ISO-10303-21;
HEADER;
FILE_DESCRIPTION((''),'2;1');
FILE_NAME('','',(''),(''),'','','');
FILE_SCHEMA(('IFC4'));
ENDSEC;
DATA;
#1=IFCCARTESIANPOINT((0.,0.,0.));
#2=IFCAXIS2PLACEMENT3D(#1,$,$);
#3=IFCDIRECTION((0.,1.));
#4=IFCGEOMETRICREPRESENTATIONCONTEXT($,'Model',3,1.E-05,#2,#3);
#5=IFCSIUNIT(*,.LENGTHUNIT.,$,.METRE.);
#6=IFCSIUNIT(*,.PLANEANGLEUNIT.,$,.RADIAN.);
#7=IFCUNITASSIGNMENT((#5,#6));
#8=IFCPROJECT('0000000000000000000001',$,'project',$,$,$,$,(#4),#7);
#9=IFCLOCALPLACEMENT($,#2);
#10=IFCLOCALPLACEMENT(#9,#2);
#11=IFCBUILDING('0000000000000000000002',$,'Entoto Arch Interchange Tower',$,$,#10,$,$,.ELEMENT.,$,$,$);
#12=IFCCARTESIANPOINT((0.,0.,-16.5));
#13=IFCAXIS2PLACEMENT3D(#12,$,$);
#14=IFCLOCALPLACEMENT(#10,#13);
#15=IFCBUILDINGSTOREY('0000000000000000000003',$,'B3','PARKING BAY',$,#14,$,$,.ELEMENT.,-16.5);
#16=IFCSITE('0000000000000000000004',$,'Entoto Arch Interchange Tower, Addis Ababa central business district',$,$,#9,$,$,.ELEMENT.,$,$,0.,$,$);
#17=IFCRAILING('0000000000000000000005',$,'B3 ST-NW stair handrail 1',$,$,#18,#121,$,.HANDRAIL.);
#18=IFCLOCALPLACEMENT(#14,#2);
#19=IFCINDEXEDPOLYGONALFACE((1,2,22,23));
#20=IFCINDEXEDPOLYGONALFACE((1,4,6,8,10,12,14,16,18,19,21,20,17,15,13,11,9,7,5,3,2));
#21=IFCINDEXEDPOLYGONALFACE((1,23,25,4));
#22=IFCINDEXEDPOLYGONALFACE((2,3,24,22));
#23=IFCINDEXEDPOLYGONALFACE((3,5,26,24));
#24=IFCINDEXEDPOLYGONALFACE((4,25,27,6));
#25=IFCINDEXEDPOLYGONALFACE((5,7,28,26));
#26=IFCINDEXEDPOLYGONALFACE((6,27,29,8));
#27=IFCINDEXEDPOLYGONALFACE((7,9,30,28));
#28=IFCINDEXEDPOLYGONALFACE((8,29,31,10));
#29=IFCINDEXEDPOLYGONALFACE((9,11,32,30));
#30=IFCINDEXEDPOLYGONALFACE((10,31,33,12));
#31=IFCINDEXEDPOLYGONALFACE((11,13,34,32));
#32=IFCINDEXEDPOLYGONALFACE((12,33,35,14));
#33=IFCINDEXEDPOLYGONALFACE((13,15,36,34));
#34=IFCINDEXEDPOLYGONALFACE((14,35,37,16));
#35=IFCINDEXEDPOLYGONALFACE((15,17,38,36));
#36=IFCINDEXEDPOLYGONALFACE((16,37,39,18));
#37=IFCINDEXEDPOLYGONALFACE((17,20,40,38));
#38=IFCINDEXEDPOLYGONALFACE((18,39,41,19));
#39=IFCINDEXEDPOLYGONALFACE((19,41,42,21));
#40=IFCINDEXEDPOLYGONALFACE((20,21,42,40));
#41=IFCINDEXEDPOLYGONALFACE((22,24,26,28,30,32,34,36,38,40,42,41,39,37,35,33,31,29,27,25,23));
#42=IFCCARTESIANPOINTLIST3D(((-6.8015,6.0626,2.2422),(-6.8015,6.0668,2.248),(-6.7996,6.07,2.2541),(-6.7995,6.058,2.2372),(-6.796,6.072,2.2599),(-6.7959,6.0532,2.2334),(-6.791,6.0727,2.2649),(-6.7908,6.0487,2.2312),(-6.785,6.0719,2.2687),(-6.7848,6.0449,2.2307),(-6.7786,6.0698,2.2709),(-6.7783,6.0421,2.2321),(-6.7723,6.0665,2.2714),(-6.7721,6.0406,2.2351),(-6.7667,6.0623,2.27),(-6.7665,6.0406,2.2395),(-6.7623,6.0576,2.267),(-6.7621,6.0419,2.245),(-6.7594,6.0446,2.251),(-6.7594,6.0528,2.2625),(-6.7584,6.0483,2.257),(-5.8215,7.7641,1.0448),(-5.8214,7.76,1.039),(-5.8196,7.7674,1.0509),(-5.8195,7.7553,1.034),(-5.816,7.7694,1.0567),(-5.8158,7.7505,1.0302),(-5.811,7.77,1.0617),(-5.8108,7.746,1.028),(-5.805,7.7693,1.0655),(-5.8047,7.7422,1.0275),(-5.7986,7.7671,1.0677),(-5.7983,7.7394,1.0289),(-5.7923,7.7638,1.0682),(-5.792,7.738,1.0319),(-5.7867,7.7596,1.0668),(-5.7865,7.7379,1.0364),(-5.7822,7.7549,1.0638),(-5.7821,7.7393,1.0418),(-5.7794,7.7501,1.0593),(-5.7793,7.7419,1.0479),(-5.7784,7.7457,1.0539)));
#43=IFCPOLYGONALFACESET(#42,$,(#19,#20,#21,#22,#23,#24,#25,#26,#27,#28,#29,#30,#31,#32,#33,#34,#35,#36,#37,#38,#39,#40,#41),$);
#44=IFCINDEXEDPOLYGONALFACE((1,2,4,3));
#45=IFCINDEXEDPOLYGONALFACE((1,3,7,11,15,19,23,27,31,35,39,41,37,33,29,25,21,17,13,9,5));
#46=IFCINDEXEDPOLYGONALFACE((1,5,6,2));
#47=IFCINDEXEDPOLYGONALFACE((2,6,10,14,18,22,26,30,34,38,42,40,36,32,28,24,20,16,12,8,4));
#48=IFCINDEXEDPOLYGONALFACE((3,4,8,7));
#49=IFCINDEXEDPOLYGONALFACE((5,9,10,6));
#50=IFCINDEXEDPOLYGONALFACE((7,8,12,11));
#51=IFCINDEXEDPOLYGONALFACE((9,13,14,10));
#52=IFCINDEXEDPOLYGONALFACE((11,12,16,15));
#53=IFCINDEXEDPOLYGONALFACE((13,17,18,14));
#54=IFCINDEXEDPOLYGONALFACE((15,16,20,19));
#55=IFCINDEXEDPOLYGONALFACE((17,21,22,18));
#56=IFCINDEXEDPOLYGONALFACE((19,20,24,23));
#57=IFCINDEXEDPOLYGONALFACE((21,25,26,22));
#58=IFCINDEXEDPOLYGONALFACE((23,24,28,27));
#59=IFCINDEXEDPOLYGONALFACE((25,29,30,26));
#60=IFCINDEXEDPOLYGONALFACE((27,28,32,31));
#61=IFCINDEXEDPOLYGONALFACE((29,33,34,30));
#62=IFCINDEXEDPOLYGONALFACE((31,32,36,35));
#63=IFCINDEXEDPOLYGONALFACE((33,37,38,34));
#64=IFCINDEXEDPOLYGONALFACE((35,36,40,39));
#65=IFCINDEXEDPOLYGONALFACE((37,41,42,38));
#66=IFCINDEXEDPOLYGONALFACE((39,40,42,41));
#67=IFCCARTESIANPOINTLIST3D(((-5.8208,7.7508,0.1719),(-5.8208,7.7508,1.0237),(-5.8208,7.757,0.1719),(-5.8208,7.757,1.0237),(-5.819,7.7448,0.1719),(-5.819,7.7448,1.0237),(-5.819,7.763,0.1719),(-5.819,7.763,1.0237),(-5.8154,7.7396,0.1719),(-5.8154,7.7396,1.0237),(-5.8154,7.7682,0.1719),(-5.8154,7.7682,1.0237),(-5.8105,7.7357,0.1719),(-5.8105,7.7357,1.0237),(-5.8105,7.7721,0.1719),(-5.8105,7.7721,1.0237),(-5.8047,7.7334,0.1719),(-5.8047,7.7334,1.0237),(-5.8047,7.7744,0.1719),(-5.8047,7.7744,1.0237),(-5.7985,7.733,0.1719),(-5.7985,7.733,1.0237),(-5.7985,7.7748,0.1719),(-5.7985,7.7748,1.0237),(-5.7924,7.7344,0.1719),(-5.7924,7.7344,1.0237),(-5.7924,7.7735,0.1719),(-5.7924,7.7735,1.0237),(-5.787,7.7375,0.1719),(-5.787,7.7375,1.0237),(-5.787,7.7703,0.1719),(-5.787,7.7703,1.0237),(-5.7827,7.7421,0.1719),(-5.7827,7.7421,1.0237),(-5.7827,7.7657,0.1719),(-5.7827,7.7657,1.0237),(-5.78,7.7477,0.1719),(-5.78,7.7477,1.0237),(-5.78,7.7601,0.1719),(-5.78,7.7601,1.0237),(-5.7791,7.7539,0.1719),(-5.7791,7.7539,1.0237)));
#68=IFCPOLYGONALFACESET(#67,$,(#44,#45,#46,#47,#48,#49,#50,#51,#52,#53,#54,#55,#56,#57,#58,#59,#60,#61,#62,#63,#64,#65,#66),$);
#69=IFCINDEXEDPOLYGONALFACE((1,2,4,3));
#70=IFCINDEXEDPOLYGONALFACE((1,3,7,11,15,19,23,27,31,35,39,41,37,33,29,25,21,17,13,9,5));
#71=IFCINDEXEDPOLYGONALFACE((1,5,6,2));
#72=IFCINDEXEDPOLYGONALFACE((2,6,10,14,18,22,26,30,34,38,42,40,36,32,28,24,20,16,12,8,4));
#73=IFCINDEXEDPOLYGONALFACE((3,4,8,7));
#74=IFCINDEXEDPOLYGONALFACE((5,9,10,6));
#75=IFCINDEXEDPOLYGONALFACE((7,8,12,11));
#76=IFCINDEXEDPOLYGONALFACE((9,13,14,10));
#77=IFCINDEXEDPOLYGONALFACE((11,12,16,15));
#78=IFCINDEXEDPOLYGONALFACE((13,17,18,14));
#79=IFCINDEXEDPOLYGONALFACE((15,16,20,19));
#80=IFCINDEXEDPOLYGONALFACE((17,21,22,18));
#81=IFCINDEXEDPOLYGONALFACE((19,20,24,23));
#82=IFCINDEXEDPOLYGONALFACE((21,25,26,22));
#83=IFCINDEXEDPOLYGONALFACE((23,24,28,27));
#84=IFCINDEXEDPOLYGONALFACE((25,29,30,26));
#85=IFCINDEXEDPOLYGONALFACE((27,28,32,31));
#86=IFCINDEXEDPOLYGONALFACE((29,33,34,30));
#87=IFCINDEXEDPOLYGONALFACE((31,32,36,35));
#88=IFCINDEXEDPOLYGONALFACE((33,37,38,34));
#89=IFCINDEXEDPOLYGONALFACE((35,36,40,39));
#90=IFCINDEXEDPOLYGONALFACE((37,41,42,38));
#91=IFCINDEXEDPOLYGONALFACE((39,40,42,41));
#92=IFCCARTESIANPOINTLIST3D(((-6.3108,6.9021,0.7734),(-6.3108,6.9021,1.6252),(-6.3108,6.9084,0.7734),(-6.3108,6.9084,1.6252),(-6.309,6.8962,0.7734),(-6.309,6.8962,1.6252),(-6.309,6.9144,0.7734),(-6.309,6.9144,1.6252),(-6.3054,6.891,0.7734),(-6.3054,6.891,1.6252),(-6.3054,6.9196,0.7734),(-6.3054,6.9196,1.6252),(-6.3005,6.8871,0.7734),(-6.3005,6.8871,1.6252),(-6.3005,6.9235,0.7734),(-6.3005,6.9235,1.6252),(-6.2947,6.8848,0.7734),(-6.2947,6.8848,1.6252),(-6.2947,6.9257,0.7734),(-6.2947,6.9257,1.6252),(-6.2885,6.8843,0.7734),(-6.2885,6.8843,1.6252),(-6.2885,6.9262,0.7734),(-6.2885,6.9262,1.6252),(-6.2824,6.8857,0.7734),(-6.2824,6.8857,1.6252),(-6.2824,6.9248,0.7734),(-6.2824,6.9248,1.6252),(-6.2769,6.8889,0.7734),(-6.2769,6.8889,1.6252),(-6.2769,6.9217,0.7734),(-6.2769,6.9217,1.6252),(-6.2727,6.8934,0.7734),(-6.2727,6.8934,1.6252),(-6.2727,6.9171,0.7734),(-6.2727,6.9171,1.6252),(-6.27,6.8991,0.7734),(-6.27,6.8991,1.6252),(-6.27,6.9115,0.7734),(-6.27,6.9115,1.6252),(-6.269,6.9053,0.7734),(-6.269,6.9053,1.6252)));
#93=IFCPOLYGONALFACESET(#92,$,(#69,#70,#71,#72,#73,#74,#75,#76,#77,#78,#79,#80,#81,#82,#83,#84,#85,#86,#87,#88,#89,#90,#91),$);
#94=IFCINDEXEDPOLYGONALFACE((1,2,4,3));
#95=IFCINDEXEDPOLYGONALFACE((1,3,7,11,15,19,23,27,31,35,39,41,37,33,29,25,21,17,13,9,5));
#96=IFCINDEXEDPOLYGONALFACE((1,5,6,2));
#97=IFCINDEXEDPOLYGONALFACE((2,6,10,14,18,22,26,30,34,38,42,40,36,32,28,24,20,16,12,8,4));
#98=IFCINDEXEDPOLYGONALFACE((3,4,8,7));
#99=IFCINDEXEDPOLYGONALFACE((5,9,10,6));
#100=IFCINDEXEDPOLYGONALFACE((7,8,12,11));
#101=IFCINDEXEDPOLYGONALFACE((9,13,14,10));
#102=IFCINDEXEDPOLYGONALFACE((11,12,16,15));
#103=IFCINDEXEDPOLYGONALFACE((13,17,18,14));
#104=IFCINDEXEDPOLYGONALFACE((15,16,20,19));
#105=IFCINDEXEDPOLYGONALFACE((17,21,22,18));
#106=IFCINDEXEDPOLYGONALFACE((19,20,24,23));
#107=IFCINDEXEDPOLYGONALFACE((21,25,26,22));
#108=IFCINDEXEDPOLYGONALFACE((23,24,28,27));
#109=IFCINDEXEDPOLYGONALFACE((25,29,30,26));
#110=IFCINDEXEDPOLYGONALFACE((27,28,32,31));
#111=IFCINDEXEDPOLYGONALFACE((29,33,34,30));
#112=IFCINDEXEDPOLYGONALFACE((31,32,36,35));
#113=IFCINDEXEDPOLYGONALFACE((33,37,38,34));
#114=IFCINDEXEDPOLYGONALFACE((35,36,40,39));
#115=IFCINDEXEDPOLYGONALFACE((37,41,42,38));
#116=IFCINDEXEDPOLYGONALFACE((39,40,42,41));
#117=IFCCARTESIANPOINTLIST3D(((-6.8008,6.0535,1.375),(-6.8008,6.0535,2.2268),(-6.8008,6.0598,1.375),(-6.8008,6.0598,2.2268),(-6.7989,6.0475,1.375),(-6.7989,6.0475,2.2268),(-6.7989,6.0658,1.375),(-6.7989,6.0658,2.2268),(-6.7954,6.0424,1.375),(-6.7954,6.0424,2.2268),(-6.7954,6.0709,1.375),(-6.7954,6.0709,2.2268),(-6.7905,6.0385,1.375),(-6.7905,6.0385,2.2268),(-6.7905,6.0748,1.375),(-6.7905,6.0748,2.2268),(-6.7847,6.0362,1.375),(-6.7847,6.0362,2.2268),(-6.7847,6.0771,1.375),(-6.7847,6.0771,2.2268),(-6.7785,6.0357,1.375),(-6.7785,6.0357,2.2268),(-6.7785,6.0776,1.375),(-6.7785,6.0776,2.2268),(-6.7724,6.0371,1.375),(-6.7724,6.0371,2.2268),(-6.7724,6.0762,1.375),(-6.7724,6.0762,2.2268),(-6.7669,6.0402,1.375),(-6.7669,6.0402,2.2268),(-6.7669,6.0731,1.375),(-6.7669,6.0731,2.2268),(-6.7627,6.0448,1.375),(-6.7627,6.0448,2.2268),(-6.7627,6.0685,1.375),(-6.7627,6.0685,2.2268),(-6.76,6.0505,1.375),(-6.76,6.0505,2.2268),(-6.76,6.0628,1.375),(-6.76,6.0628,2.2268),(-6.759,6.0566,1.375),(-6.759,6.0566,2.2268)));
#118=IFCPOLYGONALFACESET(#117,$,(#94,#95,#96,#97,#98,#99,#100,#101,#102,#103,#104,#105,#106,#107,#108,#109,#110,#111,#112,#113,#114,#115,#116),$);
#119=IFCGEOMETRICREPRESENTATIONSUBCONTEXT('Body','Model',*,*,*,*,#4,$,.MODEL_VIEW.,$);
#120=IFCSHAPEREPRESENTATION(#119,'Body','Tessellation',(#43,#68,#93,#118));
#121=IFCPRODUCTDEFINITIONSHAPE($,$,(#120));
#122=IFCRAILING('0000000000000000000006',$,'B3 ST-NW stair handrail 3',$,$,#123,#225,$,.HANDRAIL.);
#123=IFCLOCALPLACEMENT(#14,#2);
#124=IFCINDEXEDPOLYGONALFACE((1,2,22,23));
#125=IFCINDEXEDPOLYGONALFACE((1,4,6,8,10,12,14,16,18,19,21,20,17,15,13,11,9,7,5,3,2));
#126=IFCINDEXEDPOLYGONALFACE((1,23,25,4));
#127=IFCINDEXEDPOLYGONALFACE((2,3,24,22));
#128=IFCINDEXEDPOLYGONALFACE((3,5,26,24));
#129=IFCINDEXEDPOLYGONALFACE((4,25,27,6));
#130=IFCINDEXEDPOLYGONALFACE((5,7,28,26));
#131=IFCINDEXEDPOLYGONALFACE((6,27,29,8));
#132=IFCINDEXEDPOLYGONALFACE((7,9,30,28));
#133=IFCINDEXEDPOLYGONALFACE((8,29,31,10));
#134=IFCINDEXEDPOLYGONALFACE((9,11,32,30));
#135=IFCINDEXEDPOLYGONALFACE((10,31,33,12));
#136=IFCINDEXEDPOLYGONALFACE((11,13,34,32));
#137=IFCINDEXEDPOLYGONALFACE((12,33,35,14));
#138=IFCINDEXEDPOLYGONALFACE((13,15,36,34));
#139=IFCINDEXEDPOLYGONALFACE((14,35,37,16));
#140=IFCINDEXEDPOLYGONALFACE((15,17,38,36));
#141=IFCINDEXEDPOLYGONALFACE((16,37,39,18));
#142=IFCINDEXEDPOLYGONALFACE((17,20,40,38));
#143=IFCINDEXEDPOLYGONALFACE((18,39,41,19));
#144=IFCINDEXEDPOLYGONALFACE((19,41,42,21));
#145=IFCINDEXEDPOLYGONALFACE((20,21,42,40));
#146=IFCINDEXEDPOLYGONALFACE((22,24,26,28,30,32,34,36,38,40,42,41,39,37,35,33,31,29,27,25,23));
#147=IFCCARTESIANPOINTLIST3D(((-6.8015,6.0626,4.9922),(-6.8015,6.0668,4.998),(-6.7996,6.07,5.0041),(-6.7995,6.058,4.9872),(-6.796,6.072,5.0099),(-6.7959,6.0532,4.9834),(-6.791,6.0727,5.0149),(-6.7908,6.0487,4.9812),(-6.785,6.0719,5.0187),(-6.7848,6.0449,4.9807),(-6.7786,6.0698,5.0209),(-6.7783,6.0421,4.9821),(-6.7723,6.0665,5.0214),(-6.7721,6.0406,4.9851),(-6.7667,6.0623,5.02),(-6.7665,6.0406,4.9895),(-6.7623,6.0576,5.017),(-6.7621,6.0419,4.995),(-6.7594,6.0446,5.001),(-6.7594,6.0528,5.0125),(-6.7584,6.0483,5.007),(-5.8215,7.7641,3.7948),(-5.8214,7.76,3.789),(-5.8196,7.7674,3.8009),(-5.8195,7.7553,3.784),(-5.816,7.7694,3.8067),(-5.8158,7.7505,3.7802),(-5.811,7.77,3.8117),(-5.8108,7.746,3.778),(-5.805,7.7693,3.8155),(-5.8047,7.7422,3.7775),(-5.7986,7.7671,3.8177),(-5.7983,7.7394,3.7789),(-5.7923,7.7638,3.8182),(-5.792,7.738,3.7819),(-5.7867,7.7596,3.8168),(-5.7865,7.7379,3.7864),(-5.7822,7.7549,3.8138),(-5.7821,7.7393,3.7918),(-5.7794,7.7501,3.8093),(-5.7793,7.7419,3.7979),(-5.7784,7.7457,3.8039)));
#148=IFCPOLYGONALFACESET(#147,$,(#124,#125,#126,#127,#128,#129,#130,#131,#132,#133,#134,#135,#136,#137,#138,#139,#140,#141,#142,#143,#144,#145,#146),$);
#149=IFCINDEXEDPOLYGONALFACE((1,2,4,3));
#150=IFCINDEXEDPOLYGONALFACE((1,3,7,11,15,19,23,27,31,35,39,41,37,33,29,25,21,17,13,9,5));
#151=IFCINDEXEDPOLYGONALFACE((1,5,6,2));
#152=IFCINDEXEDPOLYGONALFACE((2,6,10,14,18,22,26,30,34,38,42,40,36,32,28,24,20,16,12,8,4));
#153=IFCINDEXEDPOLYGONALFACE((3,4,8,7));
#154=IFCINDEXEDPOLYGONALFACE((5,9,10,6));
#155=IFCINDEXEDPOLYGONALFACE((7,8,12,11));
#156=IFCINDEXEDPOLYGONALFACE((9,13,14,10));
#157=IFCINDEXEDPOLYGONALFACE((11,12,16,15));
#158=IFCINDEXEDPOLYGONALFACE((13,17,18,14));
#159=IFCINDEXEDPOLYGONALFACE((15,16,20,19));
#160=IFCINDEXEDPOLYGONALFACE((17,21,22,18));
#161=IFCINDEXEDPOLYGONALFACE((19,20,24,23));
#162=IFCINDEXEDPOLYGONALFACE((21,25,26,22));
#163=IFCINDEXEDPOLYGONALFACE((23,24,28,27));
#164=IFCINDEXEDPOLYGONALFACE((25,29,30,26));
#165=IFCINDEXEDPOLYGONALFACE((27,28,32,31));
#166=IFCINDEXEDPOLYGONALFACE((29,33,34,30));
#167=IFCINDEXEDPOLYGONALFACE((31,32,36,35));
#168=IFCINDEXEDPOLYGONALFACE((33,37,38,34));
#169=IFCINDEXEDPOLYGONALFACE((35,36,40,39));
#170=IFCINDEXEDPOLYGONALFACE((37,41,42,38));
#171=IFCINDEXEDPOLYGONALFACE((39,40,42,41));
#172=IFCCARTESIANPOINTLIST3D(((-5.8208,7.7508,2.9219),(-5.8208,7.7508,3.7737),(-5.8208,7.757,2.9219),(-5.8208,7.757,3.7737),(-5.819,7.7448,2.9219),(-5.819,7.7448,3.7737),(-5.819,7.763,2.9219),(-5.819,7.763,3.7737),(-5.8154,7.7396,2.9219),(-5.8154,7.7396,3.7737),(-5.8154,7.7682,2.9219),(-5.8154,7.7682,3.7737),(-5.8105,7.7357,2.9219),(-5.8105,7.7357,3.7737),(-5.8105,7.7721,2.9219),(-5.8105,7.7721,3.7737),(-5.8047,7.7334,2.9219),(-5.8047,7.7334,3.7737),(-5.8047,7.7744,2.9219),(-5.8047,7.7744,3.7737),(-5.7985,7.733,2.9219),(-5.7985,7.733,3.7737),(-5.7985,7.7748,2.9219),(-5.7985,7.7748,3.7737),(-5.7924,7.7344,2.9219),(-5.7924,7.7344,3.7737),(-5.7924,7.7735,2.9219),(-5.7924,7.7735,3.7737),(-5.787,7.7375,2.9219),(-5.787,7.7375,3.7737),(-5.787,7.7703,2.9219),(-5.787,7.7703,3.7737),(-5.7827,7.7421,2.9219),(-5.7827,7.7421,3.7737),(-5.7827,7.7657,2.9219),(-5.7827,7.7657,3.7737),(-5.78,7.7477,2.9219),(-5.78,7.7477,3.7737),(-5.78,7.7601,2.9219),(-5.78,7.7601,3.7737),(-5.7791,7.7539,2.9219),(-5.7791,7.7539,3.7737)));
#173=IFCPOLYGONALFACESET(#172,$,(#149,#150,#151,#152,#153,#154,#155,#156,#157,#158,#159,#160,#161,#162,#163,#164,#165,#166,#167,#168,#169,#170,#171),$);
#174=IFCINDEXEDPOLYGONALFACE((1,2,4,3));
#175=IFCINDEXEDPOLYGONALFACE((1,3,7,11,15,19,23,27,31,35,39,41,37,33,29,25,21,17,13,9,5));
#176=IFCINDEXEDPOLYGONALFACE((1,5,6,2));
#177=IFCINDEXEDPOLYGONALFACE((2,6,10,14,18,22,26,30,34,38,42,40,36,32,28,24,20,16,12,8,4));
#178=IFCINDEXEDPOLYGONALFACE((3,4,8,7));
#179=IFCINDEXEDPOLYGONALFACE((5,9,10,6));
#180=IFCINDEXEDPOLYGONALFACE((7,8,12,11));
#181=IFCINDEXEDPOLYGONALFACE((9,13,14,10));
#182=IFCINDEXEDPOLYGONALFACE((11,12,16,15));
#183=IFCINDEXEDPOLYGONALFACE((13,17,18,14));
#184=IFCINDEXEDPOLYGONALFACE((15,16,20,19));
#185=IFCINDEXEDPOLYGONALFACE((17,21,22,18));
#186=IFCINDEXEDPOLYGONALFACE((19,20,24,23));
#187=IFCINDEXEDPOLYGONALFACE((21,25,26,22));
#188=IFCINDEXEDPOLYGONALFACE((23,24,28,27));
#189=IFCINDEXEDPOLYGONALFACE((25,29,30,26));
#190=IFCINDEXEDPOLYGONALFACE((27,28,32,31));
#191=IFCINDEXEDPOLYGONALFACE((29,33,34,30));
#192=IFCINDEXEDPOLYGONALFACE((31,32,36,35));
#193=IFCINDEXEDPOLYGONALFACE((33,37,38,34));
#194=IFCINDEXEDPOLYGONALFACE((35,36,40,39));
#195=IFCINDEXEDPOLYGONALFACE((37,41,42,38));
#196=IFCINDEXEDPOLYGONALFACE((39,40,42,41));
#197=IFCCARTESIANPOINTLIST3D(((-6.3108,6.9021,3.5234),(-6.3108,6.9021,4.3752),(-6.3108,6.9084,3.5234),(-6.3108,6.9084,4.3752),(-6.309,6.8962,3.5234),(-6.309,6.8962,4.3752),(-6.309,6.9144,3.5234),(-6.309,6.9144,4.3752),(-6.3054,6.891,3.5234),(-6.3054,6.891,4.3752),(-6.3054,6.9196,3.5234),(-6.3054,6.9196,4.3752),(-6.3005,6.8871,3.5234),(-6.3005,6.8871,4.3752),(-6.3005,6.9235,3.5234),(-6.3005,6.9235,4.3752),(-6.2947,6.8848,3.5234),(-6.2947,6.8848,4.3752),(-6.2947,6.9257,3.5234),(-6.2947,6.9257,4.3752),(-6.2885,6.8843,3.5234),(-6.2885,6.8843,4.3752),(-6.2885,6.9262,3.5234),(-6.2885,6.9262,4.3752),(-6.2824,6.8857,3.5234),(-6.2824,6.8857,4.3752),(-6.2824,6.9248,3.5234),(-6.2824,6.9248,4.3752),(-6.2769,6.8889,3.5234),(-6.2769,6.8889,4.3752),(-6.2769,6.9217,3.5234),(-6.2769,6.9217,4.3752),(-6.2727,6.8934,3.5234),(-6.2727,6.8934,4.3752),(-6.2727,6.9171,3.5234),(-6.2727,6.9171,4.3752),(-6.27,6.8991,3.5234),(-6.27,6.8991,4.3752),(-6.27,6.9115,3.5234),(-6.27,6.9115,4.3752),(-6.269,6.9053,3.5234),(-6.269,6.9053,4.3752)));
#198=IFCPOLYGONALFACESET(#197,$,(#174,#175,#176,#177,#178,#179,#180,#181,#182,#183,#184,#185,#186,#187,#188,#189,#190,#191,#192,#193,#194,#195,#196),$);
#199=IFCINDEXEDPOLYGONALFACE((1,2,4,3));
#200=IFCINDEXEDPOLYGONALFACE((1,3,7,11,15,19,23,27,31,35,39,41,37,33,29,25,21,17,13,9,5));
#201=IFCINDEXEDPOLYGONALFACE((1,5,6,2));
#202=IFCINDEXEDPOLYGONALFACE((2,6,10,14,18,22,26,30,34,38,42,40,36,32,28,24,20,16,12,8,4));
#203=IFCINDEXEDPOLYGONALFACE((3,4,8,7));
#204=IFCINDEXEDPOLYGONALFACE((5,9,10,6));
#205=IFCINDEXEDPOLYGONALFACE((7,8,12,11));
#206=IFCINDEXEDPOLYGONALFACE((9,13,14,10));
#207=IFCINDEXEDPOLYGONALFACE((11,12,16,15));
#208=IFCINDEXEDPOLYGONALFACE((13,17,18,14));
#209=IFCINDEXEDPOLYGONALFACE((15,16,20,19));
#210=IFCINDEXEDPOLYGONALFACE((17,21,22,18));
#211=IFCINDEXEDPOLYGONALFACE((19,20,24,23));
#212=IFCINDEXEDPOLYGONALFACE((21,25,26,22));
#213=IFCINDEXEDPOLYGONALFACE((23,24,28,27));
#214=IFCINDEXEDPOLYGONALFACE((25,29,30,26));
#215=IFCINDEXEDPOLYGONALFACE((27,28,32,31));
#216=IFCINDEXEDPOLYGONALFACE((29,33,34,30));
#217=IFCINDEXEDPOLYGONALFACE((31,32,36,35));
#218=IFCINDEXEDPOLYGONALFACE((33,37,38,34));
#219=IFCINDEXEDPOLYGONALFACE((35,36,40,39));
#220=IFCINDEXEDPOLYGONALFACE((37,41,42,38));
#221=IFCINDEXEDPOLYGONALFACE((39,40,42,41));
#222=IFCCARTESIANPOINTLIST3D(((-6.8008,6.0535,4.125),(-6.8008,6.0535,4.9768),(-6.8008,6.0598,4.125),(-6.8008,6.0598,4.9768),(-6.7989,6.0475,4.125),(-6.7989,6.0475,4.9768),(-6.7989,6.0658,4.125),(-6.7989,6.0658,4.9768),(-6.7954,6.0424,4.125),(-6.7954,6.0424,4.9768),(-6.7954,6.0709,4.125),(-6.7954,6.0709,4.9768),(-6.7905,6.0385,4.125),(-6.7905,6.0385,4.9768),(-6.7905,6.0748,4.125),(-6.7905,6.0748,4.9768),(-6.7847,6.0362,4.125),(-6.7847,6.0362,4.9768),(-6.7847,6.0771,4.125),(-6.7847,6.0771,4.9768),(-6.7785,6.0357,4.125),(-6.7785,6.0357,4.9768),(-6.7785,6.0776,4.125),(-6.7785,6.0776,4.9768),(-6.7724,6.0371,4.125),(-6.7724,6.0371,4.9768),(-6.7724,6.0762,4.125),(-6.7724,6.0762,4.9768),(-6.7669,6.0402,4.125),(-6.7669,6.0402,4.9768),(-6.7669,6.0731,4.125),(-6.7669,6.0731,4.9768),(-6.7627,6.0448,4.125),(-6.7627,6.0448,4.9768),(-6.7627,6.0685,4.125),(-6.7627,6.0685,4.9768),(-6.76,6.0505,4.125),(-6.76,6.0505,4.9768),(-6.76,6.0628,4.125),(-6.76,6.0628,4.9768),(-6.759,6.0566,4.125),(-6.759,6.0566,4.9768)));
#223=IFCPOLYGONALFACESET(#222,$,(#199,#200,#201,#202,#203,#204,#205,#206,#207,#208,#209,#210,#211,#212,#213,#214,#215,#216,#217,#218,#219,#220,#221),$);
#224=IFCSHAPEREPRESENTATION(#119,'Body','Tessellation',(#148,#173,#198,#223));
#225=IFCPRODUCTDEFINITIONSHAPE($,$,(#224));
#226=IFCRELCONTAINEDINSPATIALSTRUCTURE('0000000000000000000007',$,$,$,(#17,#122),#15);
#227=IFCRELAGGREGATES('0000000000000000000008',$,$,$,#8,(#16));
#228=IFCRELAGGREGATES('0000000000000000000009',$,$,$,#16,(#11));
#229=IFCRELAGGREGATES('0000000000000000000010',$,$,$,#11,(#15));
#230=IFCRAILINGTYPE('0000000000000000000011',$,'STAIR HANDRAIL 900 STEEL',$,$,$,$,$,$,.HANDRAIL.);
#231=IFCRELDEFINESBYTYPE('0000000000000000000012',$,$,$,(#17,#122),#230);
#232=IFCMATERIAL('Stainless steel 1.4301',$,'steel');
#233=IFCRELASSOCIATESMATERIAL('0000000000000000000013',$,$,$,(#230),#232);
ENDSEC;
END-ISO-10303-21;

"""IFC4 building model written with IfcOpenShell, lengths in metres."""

from ifc_helpers import new_model, si_unit, direction, frame, origin, origin_2d, place, context, subcontext, project, spatial, circle, extrude, material, type_object, element, save


model = new_model("IFC4")

# Units and contexts
model_context = context("Model", 3, precision=1e-05, world=origin(), true_north=direction((0.0, 1.0)))
body_context = subcontext(model_context, "Body", "Model", "MODEL_VIEW")
ifc_project = project(units=[si_unit("LENGTHUNIT", "METRE"), si_unit("PLANEANGLEUNIT", "RADIAN")], contexts=[model_context])

# Site, building, storey
site_placement = place(None, origin())
site = spatial("IfcSite", under=ifc_project, at=site_placement, Name="Entoto Arch Interchange Tower, Addis Ababa central business district", CompositionType="ELEMENT", RefElevation=0.0)
building_placement = place(site_placement, origin())
building = spatial("IfcBuilding", under=site, at=building_placement, Name="Entoto Arch Interchange Tower", CompositionType="ELEMENT")
storey_placement = place(building_placement, frame((0.0, 0.0, -16.5)))
storey = spatial("IfcBuildingStorey", under=building, at=storey_placement, Name="B3", Description="PARKING BAY", CompositionType="ELEMENT", Elevation=-16.5)

# Railings
ifc_material_1 = material(Name="Stainless steel 1.4301", Category="steel")
railing_type_1 = type_object("IfcRailingType", Name="STAIR HANDRAIL 900 STEEL", PredefinedType="HANDRAIL", material=ifc_material_1)
for number, where, name in (
    (1, (-5.8, 7.7539, 0.1719), "B3 ST-NW stair handrail 1"),
    (2, (-5.8, 7.7539, 2.9219), "B3 ST-NW stair handrail 3"),
):
    element("IfcRailing", number, at=place(storey_placement, frame(where)), inside=storey, type_object=railing_type_1, Name=name, PredefinedType="HANDRAIL", context=body_context, shape_type="SweptSolid", body=[
        extrude(circle(Radius=0.0239, at=origin_2d()), frame((0.0, 0.0, 0.876), z_axis=(-0.426136, -0.73804, 0.523168), x_axis=(0.866011, -0.500024, 0.0)), (0.0, 0.0, 1.0), 2.2998),
        extrude(circle(Radius=0.021, at=origin_2d()), origin(), (0.0, 0.0, 1.0), 0.8518),
        extrude(circle(Radius=0.021, at=origin_2d()), frame((-0.49, -0.8486, 0.6016)), (0.0, 0.0, 1.0), 0.8518),
        extrude(circle(Radius=0.021, at=origin_2d()), frame((-0.98, -1.6973, 1.2031)), (0.0, 0.0, 1.0), 0.8518),
    ])

save(model, "model.ifc")
